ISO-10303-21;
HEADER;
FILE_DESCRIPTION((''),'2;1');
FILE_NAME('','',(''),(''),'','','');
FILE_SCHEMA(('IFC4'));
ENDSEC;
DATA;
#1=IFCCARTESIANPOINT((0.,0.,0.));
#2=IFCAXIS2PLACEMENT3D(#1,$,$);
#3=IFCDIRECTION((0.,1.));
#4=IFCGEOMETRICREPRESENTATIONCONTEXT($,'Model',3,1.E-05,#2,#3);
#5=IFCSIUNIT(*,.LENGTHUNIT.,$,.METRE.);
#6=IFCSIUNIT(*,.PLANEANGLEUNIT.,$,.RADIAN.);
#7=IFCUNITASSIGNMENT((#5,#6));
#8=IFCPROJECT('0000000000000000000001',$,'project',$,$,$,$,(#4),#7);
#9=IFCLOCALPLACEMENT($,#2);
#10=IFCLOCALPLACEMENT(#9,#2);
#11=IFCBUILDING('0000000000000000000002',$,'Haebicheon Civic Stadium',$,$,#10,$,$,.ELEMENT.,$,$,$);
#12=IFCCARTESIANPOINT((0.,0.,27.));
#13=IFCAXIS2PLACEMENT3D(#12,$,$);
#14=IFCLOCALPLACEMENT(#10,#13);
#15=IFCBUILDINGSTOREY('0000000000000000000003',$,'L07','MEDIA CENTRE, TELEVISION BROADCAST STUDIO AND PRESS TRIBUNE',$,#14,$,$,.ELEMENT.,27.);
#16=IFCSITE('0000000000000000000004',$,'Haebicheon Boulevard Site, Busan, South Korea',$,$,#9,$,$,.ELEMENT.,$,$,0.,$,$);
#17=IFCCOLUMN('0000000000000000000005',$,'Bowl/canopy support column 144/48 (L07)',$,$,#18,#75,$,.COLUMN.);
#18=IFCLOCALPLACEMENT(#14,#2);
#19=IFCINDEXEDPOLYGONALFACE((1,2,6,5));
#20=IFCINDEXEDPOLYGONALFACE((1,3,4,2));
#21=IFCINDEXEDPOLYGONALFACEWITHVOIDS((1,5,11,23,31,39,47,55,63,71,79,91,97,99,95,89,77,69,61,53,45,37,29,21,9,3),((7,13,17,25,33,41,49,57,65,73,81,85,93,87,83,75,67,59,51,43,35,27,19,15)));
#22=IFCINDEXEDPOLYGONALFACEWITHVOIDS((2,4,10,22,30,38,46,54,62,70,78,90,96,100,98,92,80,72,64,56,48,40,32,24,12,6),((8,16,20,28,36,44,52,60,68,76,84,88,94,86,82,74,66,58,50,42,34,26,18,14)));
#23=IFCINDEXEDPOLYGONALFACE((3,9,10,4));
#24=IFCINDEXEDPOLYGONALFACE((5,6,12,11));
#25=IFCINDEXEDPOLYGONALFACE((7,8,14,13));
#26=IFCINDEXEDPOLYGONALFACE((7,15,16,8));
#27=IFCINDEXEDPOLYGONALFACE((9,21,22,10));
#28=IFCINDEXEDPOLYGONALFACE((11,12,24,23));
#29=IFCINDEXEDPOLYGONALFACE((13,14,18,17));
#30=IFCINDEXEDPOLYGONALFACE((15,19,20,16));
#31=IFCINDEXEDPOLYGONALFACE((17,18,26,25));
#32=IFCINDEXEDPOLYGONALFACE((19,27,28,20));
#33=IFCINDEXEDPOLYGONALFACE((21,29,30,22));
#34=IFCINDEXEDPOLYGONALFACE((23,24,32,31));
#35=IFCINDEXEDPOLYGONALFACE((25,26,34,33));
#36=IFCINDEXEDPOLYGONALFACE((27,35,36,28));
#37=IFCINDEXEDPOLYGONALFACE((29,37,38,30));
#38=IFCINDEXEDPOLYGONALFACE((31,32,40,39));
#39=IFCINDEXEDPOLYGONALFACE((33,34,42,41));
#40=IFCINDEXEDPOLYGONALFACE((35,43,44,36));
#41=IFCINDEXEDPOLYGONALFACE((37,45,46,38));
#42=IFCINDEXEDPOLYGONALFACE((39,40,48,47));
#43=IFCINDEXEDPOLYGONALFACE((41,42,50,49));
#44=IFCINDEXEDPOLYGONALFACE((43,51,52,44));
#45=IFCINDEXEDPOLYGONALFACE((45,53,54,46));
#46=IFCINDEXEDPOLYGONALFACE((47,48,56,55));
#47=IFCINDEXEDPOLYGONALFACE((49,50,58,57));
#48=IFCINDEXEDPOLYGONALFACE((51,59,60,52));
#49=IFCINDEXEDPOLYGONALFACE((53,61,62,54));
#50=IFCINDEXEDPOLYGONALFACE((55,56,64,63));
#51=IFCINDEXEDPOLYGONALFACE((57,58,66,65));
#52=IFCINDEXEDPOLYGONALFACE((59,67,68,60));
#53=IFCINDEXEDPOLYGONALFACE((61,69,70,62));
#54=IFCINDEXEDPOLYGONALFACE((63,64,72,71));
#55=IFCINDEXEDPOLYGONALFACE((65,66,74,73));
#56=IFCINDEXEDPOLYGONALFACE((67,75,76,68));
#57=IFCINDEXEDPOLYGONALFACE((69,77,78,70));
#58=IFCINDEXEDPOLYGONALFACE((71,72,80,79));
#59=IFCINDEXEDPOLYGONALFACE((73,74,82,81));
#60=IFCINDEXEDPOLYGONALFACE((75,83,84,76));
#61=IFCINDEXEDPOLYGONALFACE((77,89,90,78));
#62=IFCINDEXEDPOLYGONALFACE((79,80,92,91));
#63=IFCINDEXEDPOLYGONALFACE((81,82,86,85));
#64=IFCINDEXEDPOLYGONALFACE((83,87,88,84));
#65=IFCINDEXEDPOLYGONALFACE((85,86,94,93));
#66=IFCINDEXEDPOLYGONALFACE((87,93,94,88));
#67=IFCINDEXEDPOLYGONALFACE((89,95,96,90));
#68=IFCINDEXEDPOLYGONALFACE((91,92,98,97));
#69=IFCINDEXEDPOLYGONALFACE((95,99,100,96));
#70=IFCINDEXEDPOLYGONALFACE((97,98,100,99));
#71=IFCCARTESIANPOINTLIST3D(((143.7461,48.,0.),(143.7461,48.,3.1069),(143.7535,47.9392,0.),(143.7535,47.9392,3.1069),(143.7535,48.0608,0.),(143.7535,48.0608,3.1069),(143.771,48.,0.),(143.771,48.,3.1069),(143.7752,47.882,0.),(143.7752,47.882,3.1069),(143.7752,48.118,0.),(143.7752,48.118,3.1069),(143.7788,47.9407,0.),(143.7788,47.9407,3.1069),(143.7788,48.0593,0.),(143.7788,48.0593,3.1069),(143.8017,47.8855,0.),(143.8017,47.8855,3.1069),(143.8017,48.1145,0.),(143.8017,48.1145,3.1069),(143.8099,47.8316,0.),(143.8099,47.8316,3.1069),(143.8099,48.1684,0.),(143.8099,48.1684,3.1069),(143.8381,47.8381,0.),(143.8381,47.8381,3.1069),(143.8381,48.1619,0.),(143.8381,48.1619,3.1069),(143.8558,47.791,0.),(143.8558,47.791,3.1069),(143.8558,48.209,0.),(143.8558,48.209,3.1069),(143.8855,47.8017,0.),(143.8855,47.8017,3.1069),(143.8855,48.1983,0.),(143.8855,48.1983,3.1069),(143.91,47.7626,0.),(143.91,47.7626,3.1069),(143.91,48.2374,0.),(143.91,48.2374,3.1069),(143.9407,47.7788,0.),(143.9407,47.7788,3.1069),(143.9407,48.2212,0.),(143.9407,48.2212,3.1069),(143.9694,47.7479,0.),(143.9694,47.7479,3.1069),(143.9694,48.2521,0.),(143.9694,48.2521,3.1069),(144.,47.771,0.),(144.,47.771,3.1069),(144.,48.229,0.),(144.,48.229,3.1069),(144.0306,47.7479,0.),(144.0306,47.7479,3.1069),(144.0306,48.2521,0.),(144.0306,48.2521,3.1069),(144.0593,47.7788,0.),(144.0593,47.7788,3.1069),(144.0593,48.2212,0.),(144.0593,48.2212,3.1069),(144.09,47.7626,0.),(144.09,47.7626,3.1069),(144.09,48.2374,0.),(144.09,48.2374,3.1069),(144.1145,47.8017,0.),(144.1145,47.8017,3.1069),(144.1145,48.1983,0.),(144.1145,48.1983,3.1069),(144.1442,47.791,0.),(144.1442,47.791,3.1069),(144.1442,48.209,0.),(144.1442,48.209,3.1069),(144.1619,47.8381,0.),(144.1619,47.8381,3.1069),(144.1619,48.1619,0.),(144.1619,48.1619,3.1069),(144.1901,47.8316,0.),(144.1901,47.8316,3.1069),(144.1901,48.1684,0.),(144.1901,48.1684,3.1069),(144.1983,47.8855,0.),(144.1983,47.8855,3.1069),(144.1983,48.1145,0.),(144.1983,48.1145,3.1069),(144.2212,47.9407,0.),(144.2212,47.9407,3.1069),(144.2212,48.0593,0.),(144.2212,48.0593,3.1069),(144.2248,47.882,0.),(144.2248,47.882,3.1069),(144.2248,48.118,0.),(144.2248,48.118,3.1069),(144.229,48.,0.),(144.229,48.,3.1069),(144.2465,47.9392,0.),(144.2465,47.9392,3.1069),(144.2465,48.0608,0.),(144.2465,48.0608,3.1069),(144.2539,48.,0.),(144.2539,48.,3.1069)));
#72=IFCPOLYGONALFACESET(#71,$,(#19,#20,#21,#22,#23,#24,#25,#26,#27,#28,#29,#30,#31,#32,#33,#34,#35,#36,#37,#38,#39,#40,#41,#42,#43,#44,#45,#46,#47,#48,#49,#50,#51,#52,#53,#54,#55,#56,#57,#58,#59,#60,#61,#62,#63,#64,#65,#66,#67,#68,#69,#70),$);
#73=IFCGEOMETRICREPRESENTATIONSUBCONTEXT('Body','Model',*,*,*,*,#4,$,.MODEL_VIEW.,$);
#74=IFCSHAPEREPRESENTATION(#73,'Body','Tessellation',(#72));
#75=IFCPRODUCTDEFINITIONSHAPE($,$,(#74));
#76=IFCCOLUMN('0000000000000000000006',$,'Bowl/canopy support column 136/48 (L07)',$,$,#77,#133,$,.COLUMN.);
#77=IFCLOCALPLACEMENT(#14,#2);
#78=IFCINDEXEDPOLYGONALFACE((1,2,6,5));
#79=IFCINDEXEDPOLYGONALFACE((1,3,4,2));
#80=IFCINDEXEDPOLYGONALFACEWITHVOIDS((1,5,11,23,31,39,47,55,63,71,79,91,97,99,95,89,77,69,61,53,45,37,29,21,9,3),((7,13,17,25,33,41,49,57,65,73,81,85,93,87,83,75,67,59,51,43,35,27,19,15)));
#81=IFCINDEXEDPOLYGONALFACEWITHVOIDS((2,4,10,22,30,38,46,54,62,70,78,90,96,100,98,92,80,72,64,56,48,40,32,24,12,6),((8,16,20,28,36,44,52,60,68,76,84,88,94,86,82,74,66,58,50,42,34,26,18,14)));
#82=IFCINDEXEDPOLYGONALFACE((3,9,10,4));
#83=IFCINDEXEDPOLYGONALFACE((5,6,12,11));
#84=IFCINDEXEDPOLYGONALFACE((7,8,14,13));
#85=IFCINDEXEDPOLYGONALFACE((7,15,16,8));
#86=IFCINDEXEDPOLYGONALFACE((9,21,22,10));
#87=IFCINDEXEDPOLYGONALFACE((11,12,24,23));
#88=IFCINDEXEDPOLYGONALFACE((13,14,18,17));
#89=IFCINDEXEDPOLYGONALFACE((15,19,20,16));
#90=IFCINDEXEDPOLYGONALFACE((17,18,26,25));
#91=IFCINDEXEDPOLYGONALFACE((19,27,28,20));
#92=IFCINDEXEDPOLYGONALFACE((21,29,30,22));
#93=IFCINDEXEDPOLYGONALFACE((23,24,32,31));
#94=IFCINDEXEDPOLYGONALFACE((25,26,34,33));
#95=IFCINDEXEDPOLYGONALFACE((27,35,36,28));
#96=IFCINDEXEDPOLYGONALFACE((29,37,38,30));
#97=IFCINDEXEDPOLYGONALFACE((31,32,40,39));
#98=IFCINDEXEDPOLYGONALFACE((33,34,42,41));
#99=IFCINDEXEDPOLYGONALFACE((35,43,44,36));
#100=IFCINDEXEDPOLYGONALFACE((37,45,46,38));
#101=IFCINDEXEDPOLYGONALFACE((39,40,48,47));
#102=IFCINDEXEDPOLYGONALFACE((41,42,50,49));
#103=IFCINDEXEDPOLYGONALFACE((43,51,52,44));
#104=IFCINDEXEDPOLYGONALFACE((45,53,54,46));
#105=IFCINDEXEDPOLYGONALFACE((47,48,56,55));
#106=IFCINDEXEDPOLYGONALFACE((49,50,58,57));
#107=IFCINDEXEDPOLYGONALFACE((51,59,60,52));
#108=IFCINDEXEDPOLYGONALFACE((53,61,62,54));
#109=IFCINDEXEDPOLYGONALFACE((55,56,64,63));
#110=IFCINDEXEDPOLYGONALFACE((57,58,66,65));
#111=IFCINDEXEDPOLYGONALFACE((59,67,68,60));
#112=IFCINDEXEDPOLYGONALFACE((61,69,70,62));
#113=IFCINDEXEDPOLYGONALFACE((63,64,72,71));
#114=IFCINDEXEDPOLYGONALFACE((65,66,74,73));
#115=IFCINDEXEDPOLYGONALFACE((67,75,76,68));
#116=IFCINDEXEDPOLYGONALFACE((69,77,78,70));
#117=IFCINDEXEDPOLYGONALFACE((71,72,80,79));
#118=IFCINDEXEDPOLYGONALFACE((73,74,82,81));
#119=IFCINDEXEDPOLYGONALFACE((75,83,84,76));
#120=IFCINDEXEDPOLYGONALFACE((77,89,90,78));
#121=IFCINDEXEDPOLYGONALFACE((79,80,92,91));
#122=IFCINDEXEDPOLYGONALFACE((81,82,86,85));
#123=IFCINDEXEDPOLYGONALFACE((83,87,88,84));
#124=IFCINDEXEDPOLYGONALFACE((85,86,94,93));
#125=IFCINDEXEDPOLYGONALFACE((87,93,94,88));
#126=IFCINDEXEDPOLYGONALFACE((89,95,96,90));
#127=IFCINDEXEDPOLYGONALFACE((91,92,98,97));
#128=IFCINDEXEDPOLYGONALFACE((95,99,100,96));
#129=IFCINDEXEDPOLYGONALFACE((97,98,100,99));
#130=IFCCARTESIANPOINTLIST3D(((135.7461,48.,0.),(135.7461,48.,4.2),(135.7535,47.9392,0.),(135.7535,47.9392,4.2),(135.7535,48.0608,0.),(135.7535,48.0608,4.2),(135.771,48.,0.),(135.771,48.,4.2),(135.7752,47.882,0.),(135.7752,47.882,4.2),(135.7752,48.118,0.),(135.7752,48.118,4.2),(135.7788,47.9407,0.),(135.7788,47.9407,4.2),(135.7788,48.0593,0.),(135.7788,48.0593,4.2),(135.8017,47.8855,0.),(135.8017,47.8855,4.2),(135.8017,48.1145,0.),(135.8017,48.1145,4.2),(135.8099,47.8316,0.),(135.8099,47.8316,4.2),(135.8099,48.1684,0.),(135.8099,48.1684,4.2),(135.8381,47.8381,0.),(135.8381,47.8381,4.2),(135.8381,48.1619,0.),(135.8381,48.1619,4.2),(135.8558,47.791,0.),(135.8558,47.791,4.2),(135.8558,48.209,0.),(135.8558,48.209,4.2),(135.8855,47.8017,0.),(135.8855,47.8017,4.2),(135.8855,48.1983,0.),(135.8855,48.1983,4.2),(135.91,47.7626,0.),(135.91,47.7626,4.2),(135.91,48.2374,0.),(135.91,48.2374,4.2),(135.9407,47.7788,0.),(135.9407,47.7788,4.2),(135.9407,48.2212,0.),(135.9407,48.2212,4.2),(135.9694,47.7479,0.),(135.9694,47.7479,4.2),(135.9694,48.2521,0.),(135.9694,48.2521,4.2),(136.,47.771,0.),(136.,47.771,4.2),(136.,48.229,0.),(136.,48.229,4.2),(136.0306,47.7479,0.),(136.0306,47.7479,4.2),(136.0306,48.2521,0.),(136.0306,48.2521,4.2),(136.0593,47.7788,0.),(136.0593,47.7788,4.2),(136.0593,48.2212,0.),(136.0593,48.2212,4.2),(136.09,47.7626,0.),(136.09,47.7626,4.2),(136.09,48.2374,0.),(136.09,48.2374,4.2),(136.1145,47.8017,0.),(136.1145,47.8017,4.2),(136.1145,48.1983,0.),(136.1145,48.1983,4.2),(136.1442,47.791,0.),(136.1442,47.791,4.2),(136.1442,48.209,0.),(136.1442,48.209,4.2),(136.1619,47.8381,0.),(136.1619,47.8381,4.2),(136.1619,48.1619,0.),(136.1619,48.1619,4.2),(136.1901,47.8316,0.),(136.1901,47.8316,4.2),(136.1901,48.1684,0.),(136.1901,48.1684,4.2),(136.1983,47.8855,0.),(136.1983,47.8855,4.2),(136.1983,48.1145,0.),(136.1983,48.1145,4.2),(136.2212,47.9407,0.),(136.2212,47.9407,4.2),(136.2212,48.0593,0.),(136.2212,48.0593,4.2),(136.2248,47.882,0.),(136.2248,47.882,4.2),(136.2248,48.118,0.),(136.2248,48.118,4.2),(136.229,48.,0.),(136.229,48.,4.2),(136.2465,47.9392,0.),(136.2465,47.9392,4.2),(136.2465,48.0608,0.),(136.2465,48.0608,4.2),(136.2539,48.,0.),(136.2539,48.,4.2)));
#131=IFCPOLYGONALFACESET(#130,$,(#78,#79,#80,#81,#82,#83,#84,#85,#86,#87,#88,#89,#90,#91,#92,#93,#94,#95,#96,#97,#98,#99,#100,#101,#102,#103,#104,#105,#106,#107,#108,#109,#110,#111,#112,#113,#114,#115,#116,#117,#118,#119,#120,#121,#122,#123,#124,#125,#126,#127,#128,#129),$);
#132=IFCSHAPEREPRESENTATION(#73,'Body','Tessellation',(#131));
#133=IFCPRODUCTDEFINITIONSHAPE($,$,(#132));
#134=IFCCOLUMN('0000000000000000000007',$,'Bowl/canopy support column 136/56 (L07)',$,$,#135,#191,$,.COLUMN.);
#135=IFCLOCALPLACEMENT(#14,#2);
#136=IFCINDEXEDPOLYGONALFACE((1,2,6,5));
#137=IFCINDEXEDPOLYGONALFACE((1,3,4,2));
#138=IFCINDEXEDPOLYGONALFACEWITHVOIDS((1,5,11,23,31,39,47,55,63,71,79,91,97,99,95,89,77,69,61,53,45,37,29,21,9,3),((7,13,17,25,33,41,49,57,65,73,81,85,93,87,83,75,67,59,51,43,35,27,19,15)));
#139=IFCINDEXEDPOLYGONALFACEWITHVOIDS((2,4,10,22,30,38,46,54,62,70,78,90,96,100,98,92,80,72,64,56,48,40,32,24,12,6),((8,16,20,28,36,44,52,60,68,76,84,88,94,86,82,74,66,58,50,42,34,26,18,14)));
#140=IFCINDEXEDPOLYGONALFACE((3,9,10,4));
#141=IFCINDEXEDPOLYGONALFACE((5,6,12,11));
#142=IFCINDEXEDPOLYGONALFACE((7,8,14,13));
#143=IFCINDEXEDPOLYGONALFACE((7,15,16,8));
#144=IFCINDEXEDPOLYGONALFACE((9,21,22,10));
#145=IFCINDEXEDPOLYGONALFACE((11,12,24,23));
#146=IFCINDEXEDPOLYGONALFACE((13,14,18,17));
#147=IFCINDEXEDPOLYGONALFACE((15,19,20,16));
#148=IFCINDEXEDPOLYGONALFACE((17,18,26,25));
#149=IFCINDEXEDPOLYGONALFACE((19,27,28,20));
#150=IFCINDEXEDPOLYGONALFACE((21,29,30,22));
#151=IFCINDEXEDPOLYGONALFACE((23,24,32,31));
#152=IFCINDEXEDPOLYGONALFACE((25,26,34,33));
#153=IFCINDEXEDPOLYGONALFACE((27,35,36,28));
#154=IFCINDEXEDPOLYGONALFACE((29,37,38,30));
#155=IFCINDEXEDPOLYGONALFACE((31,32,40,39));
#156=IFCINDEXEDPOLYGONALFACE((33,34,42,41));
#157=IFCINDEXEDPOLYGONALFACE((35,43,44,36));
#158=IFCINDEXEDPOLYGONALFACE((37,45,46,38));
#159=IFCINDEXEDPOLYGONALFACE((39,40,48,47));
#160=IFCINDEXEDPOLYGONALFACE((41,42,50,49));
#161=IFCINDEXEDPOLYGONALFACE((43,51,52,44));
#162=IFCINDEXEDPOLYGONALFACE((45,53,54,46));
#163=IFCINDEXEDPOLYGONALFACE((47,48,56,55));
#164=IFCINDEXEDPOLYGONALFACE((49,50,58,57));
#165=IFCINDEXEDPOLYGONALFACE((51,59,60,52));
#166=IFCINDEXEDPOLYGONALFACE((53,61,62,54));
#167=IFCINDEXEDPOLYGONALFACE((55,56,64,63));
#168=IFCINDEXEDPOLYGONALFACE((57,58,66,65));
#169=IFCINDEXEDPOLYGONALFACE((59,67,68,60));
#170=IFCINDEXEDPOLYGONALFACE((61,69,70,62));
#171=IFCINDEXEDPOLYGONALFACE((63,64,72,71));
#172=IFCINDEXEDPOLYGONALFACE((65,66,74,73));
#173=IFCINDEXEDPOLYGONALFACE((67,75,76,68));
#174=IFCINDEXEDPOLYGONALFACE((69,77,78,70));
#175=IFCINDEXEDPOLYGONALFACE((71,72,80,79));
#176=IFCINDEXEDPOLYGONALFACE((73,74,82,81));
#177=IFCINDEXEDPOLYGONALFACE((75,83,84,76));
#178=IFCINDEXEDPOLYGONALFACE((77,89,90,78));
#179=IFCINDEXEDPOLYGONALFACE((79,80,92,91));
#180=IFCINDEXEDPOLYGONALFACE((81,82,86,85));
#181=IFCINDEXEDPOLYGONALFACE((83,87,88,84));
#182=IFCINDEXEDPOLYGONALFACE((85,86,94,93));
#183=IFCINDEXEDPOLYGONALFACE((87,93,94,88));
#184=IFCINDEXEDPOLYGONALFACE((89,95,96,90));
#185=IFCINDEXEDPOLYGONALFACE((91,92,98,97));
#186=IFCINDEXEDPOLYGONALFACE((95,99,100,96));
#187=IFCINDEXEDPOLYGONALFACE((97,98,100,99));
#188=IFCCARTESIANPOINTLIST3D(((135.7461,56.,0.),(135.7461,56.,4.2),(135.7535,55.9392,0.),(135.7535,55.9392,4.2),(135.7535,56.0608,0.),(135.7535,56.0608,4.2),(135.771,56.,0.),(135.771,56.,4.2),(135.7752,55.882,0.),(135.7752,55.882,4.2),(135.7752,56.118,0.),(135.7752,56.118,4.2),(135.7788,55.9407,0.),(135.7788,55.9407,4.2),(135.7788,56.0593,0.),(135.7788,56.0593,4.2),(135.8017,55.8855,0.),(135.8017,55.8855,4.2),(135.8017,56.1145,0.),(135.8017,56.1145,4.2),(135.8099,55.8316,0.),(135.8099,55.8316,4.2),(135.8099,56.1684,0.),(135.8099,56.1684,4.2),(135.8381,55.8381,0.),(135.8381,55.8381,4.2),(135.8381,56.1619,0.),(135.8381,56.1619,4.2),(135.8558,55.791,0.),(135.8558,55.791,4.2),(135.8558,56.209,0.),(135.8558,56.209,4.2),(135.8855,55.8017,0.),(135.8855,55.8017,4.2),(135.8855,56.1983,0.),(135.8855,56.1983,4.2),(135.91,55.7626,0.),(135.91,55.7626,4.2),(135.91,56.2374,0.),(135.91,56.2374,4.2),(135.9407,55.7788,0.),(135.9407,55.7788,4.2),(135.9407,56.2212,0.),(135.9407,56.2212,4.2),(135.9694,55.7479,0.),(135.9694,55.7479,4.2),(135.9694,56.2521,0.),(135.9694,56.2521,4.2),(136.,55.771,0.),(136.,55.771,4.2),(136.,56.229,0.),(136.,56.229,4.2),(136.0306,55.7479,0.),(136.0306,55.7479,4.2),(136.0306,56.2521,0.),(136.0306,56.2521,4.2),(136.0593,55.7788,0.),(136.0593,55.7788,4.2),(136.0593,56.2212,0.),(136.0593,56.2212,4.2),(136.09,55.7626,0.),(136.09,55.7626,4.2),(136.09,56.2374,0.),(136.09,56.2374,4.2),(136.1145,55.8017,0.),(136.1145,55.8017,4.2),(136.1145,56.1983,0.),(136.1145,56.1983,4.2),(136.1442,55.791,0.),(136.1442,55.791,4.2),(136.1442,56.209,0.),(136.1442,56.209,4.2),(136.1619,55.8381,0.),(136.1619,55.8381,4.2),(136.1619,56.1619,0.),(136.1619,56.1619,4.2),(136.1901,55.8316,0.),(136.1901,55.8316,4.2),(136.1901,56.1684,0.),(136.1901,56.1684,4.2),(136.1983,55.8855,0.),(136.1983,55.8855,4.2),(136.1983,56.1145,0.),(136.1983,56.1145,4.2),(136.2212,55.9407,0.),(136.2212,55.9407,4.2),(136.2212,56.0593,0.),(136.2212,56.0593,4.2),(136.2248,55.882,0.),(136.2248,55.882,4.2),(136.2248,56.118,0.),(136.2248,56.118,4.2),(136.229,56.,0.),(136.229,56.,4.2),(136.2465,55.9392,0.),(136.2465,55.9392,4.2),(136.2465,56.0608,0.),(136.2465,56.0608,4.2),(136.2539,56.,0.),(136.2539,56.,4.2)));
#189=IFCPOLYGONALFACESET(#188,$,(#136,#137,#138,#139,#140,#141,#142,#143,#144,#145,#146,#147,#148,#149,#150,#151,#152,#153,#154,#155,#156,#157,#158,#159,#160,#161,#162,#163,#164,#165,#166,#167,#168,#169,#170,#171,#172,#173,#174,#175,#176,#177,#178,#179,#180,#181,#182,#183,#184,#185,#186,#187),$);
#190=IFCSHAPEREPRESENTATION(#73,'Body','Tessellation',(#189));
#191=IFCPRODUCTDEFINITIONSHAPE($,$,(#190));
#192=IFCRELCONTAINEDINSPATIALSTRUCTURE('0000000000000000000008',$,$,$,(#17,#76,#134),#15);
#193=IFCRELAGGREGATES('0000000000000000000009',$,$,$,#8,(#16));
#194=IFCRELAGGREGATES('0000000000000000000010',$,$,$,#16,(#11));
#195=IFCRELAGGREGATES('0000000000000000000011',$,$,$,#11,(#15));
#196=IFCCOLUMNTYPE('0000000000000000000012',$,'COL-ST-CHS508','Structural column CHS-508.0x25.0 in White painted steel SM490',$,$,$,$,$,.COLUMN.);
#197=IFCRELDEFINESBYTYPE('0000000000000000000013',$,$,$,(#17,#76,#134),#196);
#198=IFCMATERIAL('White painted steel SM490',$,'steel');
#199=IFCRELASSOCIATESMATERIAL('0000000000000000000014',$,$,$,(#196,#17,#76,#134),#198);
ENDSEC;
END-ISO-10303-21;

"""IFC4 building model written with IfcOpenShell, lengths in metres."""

from ifc_helpers import new_model, si_unit, direction, frame, origin, origin_2d, place, context, subcontext, project, spatial, hollow_circle, extrude, material, material_profile, profile_set, type_object, element, save


model = new_model("IFC4")

# Units and contexts
model_context = context("Model", 3, precision=1e-05, world=origin(), true_north=direction((0.0, 1.0)))
body_context = subcontext(model_context, "Body", "Model", "MODEL_VIEW")
ifc_project = project(units=[si_unit("LENGTHUNIT", "METRE"), si_unit("PLANEANGLEUNIT", "RADIAN")], contexts=[model_context])

# Site, building, storey
site_placement = place(None, origin())
site = spatial("IfcSite", under=ifc_project, at=site_placement, Name="Haebicheon Boulevard Site, Busan, South Korea", CompositionType="ELEMENT", RefElevation=0.0)
building_placement = place(site_placement, origin())
building = spatial("IfcBuilding", under=site, at=building_placement, Name="Haebicheon Civic Stadium", CompositionType="ELEMENT")
storey_placement = place(building_placement, frame((0.0, 0.0, 27.0)))
storey = spatial("IfcBuildingStorey", under=building, at=storey_placement, Name="L07", Description="MEDIA CENTRE, TELEVISION BROADCAST STUDIO AND PRESS TRIBUNE", CompositionType="ELEMENT", Elevation=27.0)

# Columns
ifc_material_1 = material(Name="White painted steel SM490", Category="steel")
ifc_material_profile_1 = material_profile(ifc_material_1, hollow_circle(Radius=0.2539, WallThickness=0.0249, at=origin_2d()), Name="CHS-508.0x25.0")
ifc_profile_set_1 = profile_set([ifc_material_profile_1], Name="White painted steel SM490")
column_type = type_object("IfcColumnType", Name="COL-ST-CHS508", Description="Structural column CHS-508.0x25.0 in White painted steel SM490", PredefinedType="COLUMN", material=ifc_profile_set_1)
column_placement = place(storey_placement, frame((144.0, 48.0, 0.0), z_axis=(0.0, 0.0, 1.0), x_axis=(1.0, 0.0, 0.0)))
element("IfcColumn", 1, at=column_placement, inside=storey, type_object=column_type, material=ifc_profile_set_1, Name="Bowl/canopy support column 144/48 (L07)", PredefinedType="COLUMN", context=body_context, shape_type="SweptSolid", body=[
    extrude(hollow_circle(Radius=0.2539, WallThickness=0.0249, at=origin_2d()), origin(), (0.0, 0.0, 1.0), 3.1069),
])
for number, where, z_axis, x_axis, name in (
    (2, (136.0, 48.0, 0.0), (0.0, 0.0, 1.0), (1.0, 0.0, 0.0), "Bowl/canopy support column 136/48 (L07)"),
    (3, (136.0, 56.0, 0.0), (0.0, 0.0, 1.0), (1.0, 0.0, 0.0), "Bowl/canopy support column 136/56 (L07)"),
):
    element("IfcColumn", number, at=place(storey_placement, frame(where, z_axis=z_axis, x_axis=x_axis)), inside=storey, type_object=column_type, material=ifc_profile_set_1, Name=name, PredefinedType="COLUMN", context=body_context, shape_type="SweptSolid", body=[
        extrude(hollow_circle(Radius=0.2539, WallThickness=0.0249, at=origin_2d()), origin(), (0.0, 0.0, 1.0), 4.2),
    ])

save(model, "model.ifc")
